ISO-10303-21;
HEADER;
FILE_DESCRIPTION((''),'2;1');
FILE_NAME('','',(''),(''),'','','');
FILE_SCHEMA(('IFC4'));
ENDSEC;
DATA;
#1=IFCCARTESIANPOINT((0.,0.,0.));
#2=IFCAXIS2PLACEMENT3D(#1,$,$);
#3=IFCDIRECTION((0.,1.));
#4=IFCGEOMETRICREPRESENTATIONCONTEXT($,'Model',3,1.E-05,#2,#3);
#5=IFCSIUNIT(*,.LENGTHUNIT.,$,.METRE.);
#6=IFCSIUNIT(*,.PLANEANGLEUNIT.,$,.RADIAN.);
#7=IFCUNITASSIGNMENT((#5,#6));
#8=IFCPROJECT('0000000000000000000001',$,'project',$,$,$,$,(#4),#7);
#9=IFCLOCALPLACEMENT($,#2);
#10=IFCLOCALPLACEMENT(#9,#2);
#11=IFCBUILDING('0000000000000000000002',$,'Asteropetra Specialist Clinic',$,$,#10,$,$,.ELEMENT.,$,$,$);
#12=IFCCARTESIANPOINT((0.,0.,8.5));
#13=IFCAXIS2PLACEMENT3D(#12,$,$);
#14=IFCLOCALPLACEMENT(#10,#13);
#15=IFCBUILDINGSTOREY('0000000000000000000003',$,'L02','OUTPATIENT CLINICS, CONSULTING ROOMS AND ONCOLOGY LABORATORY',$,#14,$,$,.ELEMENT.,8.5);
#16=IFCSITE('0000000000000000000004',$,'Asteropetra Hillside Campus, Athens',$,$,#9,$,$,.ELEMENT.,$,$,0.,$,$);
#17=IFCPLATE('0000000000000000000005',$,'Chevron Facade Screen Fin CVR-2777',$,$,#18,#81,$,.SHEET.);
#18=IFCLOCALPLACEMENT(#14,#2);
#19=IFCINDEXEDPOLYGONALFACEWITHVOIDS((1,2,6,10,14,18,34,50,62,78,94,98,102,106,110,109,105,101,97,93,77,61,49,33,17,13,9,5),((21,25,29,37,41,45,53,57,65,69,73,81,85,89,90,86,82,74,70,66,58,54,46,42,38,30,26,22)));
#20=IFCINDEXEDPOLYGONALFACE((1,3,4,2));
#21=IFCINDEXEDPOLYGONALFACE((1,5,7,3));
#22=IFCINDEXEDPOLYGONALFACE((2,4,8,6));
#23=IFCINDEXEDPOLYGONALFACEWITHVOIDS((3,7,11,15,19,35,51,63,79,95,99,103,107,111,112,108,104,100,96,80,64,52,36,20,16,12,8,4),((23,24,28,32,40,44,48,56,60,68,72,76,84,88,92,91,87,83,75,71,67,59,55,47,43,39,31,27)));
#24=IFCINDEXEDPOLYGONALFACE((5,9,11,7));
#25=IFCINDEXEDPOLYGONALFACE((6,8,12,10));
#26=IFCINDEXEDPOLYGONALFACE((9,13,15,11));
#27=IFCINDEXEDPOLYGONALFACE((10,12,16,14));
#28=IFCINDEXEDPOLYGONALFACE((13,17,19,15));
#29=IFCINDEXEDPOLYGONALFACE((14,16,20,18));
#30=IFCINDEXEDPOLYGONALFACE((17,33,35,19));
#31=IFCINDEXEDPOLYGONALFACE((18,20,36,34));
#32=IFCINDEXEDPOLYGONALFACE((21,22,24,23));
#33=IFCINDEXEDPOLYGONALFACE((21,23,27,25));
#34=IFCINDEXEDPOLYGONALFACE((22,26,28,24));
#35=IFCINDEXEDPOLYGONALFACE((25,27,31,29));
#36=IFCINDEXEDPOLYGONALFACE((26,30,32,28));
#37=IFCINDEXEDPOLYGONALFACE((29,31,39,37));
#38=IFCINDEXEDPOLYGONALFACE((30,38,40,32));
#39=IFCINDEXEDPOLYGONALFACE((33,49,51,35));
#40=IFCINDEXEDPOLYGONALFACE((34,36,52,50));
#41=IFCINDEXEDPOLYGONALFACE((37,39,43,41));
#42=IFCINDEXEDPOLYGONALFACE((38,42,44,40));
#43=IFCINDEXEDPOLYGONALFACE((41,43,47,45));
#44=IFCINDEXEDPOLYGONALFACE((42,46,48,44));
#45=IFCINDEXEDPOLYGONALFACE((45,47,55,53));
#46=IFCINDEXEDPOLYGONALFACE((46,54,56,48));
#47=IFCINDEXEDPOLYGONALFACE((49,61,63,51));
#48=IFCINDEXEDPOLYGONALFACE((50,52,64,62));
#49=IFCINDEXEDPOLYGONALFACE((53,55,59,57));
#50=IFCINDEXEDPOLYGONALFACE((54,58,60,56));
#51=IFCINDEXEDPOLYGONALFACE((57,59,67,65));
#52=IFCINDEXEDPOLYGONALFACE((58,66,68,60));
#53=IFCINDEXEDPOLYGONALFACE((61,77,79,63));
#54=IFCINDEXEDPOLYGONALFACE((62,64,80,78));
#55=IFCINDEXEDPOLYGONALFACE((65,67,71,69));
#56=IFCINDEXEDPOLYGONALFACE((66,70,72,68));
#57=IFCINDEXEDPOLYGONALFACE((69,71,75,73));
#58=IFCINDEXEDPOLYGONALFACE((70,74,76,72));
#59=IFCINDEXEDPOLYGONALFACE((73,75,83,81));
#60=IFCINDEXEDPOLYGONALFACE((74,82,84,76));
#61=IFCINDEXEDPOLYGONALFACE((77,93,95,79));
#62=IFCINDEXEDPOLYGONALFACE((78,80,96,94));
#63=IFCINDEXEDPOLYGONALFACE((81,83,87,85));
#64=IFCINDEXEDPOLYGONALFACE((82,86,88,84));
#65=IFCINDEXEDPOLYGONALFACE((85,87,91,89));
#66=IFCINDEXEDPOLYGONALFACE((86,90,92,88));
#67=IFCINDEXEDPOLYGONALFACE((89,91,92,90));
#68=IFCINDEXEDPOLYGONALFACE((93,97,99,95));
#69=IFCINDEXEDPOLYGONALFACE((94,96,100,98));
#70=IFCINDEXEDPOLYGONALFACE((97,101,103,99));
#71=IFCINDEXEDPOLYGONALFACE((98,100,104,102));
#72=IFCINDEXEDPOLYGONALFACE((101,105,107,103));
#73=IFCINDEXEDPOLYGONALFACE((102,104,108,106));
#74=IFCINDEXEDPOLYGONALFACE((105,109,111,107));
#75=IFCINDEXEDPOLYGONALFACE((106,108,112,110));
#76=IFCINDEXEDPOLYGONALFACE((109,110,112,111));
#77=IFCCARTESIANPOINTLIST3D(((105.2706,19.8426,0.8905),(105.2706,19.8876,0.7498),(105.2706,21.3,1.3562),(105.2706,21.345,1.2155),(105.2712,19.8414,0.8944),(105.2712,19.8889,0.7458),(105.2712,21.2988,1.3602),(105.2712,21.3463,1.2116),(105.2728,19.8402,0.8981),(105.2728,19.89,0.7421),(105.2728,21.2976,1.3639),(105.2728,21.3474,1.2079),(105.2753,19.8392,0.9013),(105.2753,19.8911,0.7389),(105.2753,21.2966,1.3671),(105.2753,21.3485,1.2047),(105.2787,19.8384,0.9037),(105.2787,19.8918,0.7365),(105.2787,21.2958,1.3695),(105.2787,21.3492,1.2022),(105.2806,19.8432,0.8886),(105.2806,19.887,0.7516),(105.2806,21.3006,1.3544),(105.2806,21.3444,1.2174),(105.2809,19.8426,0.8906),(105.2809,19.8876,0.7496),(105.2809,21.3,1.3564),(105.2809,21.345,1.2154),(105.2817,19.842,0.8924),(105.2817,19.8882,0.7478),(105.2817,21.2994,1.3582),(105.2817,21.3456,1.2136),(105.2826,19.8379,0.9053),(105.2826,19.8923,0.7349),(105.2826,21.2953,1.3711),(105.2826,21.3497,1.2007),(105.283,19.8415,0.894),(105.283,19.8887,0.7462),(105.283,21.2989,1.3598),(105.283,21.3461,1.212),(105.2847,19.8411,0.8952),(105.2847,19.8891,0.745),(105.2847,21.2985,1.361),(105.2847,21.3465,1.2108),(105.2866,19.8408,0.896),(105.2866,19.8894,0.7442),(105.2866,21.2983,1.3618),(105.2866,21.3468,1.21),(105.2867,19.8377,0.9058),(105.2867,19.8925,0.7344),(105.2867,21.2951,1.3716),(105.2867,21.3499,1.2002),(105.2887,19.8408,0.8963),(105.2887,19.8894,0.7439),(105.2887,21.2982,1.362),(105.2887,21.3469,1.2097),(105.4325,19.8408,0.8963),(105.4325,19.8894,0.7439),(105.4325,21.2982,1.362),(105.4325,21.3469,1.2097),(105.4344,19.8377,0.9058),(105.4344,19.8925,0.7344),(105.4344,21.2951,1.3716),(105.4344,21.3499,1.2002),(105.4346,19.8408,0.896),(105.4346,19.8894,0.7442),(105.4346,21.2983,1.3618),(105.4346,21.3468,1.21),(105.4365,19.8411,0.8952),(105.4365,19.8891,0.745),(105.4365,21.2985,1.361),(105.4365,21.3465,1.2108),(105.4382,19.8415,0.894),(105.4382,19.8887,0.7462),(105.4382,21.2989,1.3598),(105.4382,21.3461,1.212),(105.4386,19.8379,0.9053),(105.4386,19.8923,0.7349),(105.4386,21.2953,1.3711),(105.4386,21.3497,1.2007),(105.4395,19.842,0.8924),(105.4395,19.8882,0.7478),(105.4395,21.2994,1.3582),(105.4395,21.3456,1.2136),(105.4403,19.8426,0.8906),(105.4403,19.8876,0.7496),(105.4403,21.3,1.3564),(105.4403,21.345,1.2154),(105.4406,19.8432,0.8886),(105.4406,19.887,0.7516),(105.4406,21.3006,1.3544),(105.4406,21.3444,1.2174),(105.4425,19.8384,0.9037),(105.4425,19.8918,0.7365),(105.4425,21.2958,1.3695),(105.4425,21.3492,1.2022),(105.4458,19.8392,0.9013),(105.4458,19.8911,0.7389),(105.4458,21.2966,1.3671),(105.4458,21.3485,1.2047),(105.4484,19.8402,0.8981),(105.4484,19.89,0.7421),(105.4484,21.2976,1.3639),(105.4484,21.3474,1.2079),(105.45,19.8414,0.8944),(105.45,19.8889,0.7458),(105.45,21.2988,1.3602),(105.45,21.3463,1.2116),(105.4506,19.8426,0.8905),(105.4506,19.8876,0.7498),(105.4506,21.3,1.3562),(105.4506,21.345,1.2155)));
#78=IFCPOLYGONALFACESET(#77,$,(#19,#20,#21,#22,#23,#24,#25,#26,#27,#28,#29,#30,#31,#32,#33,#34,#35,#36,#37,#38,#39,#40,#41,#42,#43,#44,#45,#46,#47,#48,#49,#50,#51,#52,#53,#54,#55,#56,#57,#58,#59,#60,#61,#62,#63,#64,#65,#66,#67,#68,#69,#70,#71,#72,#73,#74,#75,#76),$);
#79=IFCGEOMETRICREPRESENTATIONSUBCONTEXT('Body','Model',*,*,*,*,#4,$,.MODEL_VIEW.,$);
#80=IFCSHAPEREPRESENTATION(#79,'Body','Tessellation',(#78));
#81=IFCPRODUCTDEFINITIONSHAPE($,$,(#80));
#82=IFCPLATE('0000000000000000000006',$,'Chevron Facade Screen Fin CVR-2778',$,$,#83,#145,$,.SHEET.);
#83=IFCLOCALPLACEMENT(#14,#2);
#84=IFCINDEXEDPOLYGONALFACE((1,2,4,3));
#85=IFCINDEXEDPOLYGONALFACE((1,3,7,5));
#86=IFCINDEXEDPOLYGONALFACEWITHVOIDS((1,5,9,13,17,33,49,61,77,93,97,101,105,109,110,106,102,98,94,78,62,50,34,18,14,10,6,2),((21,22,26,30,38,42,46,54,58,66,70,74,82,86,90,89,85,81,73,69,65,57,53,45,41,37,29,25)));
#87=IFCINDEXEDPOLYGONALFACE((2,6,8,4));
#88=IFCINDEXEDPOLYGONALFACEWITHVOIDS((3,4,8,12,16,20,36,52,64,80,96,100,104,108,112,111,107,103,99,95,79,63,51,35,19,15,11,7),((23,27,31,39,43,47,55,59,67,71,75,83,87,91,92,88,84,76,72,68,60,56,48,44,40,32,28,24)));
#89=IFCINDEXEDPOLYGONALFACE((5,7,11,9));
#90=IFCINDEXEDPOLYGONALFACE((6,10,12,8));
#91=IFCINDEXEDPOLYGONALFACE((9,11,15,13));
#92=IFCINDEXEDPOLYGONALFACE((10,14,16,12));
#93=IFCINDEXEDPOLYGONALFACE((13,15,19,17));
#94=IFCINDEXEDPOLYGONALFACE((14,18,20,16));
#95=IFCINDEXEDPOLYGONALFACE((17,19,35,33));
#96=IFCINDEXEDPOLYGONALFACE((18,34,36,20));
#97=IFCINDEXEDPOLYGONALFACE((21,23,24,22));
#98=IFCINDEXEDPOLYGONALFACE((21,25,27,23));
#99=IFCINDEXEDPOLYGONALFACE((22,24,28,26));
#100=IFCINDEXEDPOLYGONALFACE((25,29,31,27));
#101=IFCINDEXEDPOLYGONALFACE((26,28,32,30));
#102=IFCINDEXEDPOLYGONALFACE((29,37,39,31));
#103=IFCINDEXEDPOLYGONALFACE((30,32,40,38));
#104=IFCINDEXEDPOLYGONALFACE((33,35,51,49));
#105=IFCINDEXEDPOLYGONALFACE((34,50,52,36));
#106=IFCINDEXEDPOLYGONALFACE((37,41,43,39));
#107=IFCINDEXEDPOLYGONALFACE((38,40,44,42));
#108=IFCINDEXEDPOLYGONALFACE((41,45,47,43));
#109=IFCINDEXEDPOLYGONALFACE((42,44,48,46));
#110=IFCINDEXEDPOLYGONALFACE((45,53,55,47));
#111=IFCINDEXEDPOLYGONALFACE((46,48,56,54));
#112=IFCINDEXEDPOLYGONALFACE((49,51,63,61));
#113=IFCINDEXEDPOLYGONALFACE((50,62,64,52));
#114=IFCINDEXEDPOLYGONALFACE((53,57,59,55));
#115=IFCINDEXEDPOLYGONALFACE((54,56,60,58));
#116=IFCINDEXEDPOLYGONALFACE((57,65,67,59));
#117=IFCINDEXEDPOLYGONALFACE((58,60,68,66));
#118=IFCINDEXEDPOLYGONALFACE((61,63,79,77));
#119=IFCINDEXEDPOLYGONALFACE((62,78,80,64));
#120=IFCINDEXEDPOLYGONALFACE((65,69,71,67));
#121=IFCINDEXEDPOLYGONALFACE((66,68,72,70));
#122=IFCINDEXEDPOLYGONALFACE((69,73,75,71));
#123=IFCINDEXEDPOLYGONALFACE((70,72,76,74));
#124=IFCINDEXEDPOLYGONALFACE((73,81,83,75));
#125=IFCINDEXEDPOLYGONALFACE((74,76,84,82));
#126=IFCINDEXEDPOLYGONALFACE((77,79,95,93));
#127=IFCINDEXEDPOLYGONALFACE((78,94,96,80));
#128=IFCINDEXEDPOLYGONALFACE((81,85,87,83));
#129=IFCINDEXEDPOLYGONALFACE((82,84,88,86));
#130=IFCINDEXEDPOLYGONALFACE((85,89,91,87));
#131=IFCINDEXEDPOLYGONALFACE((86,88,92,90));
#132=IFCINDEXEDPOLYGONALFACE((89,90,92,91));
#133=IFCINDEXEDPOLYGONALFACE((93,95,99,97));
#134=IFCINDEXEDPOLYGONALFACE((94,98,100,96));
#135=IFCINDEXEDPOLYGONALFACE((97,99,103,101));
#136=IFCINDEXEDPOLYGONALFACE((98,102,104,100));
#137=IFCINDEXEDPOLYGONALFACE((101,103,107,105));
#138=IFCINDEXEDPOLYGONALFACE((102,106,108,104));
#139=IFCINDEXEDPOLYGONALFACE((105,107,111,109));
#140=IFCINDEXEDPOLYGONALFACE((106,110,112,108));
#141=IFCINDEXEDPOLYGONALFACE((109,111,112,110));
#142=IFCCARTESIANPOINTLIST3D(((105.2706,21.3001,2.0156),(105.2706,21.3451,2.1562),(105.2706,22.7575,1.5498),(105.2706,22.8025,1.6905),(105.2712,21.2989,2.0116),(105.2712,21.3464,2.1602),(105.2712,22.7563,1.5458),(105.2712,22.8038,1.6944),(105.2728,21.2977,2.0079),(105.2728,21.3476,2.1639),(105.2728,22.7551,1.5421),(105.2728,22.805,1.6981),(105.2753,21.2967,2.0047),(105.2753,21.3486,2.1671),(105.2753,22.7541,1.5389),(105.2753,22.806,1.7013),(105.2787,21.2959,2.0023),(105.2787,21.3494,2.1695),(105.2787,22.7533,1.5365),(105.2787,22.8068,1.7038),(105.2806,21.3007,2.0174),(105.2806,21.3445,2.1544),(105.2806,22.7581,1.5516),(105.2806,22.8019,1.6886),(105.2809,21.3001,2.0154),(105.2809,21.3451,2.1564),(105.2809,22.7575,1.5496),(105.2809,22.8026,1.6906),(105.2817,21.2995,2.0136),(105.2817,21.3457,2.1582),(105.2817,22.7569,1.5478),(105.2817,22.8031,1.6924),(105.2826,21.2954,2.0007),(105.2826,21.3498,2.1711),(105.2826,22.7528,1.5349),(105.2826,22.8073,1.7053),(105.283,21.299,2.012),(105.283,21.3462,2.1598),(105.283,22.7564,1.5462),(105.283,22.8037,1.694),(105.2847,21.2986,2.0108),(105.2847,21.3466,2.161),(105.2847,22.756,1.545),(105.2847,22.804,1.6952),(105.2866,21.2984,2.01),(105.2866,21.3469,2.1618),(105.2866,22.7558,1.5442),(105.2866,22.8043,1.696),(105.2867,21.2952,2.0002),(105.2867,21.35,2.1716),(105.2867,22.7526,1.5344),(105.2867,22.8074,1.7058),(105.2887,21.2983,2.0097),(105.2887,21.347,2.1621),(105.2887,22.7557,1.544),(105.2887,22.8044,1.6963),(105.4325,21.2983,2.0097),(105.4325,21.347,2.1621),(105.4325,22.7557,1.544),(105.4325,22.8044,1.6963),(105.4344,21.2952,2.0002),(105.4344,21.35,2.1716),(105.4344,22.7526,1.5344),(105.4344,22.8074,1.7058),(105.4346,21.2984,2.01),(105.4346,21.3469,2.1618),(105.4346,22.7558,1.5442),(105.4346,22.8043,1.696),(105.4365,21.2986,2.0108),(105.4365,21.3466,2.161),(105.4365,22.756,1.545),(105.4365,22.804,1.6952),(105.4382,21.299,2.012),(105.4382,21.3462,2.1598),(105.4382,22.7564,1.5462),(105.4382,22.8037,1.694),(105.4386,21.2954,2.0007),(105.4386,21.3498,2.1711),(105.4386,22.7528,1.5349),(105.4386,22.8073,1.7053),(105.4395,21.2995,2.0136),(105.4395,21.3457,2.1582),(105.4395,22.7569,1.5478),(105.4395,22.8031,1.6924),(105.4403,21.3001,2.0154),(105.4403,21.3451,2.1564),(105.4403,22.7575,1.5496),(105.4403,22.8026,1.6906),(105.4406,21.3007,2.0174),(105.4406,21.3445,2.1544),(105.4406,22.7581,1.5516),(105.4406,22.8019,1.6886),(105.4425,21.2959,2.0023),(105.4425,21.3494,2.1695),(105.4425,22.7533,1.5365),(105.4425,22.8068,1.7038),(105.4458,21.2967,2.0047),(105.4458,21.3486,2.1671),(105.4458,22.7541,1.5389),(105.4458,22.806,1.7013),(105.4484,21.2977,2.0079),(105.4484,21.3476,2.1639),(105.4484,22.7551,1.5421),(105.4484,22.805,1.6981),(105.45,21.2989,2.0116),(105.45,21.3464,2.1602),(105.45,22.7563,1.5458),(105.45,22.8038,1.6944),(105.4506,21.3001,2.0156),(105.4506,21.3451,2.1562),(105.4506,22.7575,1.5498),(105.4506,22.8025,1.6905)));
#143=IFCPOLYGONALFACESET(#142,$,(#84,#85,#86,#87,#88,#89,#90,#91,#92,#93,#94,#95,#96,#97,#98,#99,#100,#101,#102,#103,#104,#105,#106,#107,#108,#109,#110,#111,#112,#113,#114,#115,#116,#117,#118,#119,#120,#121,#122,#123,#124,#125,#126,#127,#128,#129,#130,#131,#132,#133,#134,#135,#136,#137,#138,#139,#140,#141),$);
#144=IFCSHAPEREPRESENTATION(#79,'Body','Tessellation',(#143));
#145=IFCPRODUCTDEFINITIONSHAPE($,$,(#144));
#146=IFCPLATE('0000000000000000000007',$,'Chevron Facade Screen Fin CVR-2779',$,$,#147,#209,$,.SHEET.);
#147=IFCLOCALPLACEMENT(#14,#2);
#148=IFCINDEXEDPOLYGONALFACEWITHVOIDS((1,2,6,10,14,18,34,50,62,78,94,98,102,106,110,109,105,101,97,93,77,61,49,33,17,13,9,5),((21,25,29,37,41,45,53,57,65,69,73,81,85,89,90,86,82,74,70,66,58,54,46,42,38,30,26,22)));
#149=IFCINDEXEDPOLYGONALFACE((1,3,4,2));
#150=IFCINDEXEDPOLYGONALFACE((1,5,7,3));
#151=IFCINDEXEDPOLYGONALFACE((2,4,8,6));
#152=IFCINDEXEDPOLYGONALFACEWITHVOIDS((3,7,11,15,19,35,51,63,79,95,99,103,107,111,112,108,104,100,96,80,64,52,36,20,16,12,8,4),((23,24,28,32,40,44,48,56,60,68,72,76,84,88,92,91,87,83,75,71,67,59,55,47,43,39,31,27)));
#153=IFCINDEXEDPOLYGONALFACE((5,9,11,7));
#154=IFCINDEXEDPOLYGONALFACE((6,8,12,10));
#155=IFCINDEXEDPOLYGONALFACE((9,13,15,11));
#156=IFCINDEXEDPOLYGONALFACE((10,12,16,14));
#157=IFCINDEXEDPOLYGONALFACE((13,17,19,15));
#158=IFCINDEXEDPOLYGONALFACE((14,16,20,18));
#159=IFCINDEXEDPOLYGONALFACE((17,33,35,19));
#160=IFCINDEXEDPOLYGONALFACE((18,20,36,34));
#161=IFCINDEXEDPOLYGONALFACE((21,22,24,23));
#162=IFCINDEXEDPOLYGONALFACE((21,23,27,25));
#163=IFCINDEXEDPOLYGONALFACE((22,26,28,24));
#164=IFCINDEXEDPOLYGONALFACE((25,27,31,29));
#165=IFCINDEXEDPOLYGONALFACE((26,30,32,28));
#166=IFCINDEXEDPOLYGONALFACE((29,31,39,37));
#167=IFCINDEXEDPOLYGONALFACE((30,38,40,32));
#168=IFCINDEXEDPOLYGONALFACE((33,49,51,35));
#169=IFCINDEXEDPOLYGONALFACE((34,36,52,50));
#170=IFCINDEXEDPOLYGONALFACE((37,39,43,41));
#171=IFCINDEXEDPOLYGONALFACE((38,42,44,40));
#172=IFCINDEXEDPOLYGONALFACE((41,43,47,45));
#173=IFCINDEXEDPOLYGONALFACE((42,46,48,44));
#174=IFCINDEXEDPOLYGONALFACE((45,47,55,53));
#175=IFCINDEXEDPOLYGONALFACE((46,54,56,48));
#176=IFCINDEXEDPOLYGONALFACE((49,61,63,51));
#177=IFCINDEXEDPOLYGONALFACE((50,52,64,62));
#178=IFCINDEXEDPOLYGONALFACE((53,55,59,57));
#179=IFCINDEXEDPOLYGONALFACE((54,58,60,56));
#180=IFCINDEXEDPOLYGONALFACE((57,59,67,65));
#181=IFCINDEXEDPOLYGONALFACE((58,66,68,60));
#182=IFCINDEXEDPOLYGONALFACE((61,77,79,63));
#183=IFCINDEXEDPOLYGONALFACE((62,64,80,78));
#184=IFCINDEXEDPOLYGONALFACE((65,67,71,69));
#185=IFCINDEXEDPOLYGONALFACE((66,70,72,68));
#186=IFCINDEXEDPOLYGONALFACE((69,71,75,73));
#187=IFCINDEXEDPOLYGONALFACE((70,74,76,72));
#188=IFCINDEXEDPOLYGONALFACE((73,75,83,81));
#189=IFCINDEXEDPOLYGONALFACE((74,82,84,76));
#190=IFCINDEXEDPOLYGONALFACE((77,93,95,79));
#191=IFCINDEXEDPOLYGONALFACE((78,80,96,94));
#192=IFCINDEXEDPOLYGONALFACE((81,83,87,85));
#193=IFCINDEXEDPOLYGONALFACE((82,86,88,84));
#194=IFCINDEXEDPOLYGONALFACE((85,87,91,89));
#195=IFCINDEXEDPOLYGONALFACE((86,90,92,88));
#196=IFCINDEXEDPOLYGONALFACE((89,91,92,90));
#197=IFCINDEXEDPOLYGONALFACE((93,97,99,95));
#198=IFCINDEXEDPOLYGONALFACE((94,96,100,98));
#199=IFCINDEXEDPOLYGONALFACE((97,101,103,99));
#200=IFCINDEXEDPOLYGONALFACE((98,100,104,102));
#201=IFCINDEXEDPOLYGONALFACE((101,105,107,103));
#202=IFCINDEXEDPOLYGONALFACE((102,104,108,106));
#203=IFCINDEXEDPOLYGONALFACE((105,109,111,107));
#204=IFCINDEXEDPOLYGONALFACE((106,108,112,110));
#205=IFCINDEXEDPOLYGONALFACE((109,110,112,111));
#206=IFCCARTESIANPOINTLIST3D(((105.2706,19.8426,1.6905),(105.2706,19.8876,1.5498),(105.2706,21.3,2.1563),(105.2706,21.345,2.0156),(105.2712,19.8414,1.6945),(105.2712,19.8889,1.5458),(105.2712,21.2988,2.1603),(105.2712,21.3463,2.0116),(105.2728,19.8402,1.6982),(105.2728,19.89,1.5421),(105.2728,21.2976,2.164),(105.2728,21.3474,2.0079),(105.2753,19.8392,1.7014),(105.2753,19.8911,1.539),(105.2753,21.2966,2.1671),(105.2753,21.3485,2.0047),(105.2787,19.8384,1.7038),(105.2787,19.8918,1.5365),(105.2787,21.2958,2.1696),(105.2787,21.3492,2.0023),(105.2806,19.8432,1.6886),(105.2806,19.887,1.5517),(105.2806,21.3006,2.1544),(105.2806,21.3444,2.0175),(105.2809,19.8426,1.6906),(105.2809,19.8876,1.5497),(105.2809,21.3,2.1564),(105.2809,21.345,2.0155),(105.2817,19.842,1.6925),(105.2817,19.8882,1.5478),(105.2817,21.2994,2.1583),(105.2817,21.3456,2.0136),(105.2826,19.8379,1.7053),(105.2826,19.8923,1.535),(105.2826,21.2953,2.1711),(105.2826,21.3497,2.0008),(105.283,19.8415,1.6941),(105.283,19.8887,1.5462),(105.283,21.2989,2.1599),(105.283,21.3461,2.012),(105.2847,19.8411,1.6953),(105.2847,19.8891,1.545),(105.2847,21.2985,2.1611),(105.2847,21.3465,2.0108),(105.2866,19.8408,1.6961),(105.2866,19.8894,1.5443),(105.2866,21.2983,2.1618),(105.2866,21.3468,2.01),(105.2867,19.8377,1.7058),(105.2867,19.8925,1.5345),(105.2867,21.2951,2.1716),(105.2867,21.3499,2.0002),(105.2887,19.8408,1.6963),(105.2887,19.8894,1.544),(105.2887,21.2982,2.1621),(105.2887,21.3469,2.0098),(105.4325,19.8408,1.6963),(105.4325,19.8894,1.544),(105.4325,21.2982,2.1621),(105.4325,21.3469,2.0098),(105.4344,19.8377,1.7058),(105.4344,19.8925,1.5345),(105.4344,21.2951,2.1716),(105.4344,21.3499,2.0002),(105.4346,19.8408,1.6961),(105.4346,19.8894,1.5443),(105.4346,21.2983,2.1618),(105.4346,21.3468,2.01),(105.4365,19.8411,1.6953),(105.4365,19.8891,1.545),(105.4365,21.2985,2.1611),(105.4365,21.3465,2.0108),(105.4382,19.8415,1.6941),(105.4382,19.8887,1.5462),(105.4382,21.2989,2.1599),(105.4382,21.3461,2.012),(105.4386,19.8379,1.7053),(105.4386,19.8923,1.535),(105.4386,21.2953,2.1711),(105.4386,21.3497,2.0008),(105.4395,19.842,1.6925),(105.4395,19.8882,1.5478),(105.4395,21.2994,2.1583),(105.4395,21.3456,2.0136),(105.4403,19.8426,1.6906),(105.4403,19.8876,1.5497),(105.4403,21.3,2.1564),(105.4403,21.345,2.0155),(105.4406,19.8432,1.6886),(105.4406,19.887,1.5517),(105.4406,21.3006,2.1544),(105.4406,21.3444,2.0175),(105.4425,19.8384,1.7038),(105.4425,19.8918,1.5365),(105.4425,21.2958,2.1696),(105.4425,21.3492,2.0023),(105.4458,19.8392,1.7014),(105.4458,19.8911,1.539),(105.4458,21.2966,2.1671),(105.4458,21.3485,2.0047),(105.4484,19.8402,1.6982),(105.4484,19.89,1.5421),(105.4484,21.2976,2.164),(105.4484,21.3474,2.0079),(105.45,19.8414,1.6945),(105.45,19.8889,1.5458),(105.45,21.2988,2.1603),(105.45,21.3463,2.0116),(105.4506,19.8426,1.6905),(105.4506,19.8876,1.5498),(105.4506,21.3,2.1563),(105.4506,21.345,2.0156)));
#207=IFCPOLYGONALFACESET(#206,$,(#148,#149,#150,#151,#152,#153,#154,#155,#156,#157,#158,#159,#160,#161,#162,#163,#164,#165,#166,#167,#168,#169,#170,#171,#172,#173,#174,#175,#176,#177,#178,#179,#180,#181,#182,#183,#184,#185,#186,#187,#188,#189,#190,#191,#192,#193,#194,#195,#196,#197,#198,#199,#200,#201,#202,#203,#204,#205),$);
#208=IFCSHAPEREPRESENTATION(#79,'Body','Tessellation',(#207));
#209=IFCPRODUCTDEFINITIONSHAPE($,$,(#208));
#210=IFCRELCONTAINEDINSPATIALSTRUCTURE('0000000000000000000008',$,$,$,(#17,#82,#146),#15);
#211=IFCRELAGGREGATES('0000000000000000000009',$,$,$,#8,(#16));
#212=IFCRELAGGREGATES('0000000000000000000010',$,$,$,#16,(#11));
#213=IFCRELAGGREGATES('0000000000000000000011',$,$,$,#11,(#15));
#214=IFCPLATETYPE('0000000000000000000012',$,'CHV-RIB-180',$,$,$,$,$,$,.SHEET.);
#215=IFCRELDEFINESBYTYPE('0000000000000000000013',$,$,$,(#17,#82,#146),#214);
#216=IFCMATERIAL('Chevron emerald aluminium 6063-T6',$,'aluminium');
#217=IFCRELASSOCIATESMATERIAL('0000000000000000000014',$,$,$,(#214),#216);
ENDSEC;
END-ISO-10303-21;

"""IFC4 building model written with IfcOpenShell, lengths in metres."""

from ifc_helpers import new_model, si_unit, direction, frame, origin, origin_2d, place, context, subcontext, project, spatial, hollow_rectangle, extrude, material, material_profile, profile_set, type_object, element, save


model = new_model("IFC4")

# Units and contexts
model_context = context("Model", 3, precision=1e-05, world=origin(), true_north=direction((0.0, 1.0)))
body_context = subcontext(model_context, "Body", "Model", "MODEL_VIEW")
ifc_project = project(units=[si_unit("LENGTHUNIT", "METRE"), si_unit("PLANEANGLEUNIT", "RADIAN")], contexts=[model_context])

# Site, building, storey
site_placement = place(None, origin())
site = spatial("IfcSite", under=ifc_project, at=site_placement, Name="Asteropetra Hillside Campus, Athens", CompositionType="ELEMENT", RefElevation=0.0)
building_placement = place(site_placement, origin())
building = spatial("IfcBuilding", under=site, at=building_placement, Name="Asteropetra Specialist Clinic", CompositionType="ELEMENT")
storey_placement = place(building_placement, frame((0.0, 0.0, 8.5)))
storey = spatial("IfcBuildingStorey", under=building, at=storey_placement, Name="L02", Description="OUTPATIENT CLINICS, CONSULTING ROOMS AND ONCOLOGY LABORATORY", CompositionType="ELEMENT", Elevation=8.5)

# Plates
ifc_material_1 = material(Name="Chevron emerald aluminium 6063-T6", Category="aluminium")
ifc_material_profile = material_profile(ifc_material_1, hollow_rectangle(XDim=0.1799, YDim=0.1799, WallThickness=0.01, InnerFilletRadius=0.0081, OuterFilletRadius=0.0161, at=origin_2d()), Name="SHS 180x180x10.0")
ifc_profile_set = profile_set([ifc_material_profile], Name="Chevron emerald aluminium 6063-T6")
plate_type = type_object("IfcPlateType", Name="CHV-RIB-180", PredefinedType="SHEET", material=ifc_profile_set)
for number, where, z_axis, x_axis, name in (
    (1, (105.3606, 21.3225, 1.2859), (0.0, -0.952535, -0.304428), (1.0, 0.0, 0.0), "Chevron Facade Screen Fin CVR-2777"),
    (2, (105.3606, 22.78, 1.6201), (0.0, -0.952535, 0.304428), (1.0, 0.0, 0.0), "Chevron Facade Screen Fin CVR-2778"),
    (3, (105.3606, 21.3225, 2.0859), (0.0, -0.952535, -0.304428), (1.0, 0.0, 0.0), "Chevron Facade Screen Fin CVR-2779"),
):
    element("IfcPlate", number, at=place(storey_placement, frame(where, z_axis=z_axis, x_axis=x_axis)), inside=storey, type_object=plate_type, Name=name, PredefinedType="SHEET", context=body_context, shape_type="SweptSolid", body=[
        extrude(hollow_rectangle(XDim=0.1799, YDim=0.1799, WallThickness=0.01, InnerFilletRadius=0.0081, OuterFilletRadius=0.0161, at=origin_2d()), origin(), (0.0, 0.0, 1.0), 1.53),
    ])

save(model, "model.ifc")
